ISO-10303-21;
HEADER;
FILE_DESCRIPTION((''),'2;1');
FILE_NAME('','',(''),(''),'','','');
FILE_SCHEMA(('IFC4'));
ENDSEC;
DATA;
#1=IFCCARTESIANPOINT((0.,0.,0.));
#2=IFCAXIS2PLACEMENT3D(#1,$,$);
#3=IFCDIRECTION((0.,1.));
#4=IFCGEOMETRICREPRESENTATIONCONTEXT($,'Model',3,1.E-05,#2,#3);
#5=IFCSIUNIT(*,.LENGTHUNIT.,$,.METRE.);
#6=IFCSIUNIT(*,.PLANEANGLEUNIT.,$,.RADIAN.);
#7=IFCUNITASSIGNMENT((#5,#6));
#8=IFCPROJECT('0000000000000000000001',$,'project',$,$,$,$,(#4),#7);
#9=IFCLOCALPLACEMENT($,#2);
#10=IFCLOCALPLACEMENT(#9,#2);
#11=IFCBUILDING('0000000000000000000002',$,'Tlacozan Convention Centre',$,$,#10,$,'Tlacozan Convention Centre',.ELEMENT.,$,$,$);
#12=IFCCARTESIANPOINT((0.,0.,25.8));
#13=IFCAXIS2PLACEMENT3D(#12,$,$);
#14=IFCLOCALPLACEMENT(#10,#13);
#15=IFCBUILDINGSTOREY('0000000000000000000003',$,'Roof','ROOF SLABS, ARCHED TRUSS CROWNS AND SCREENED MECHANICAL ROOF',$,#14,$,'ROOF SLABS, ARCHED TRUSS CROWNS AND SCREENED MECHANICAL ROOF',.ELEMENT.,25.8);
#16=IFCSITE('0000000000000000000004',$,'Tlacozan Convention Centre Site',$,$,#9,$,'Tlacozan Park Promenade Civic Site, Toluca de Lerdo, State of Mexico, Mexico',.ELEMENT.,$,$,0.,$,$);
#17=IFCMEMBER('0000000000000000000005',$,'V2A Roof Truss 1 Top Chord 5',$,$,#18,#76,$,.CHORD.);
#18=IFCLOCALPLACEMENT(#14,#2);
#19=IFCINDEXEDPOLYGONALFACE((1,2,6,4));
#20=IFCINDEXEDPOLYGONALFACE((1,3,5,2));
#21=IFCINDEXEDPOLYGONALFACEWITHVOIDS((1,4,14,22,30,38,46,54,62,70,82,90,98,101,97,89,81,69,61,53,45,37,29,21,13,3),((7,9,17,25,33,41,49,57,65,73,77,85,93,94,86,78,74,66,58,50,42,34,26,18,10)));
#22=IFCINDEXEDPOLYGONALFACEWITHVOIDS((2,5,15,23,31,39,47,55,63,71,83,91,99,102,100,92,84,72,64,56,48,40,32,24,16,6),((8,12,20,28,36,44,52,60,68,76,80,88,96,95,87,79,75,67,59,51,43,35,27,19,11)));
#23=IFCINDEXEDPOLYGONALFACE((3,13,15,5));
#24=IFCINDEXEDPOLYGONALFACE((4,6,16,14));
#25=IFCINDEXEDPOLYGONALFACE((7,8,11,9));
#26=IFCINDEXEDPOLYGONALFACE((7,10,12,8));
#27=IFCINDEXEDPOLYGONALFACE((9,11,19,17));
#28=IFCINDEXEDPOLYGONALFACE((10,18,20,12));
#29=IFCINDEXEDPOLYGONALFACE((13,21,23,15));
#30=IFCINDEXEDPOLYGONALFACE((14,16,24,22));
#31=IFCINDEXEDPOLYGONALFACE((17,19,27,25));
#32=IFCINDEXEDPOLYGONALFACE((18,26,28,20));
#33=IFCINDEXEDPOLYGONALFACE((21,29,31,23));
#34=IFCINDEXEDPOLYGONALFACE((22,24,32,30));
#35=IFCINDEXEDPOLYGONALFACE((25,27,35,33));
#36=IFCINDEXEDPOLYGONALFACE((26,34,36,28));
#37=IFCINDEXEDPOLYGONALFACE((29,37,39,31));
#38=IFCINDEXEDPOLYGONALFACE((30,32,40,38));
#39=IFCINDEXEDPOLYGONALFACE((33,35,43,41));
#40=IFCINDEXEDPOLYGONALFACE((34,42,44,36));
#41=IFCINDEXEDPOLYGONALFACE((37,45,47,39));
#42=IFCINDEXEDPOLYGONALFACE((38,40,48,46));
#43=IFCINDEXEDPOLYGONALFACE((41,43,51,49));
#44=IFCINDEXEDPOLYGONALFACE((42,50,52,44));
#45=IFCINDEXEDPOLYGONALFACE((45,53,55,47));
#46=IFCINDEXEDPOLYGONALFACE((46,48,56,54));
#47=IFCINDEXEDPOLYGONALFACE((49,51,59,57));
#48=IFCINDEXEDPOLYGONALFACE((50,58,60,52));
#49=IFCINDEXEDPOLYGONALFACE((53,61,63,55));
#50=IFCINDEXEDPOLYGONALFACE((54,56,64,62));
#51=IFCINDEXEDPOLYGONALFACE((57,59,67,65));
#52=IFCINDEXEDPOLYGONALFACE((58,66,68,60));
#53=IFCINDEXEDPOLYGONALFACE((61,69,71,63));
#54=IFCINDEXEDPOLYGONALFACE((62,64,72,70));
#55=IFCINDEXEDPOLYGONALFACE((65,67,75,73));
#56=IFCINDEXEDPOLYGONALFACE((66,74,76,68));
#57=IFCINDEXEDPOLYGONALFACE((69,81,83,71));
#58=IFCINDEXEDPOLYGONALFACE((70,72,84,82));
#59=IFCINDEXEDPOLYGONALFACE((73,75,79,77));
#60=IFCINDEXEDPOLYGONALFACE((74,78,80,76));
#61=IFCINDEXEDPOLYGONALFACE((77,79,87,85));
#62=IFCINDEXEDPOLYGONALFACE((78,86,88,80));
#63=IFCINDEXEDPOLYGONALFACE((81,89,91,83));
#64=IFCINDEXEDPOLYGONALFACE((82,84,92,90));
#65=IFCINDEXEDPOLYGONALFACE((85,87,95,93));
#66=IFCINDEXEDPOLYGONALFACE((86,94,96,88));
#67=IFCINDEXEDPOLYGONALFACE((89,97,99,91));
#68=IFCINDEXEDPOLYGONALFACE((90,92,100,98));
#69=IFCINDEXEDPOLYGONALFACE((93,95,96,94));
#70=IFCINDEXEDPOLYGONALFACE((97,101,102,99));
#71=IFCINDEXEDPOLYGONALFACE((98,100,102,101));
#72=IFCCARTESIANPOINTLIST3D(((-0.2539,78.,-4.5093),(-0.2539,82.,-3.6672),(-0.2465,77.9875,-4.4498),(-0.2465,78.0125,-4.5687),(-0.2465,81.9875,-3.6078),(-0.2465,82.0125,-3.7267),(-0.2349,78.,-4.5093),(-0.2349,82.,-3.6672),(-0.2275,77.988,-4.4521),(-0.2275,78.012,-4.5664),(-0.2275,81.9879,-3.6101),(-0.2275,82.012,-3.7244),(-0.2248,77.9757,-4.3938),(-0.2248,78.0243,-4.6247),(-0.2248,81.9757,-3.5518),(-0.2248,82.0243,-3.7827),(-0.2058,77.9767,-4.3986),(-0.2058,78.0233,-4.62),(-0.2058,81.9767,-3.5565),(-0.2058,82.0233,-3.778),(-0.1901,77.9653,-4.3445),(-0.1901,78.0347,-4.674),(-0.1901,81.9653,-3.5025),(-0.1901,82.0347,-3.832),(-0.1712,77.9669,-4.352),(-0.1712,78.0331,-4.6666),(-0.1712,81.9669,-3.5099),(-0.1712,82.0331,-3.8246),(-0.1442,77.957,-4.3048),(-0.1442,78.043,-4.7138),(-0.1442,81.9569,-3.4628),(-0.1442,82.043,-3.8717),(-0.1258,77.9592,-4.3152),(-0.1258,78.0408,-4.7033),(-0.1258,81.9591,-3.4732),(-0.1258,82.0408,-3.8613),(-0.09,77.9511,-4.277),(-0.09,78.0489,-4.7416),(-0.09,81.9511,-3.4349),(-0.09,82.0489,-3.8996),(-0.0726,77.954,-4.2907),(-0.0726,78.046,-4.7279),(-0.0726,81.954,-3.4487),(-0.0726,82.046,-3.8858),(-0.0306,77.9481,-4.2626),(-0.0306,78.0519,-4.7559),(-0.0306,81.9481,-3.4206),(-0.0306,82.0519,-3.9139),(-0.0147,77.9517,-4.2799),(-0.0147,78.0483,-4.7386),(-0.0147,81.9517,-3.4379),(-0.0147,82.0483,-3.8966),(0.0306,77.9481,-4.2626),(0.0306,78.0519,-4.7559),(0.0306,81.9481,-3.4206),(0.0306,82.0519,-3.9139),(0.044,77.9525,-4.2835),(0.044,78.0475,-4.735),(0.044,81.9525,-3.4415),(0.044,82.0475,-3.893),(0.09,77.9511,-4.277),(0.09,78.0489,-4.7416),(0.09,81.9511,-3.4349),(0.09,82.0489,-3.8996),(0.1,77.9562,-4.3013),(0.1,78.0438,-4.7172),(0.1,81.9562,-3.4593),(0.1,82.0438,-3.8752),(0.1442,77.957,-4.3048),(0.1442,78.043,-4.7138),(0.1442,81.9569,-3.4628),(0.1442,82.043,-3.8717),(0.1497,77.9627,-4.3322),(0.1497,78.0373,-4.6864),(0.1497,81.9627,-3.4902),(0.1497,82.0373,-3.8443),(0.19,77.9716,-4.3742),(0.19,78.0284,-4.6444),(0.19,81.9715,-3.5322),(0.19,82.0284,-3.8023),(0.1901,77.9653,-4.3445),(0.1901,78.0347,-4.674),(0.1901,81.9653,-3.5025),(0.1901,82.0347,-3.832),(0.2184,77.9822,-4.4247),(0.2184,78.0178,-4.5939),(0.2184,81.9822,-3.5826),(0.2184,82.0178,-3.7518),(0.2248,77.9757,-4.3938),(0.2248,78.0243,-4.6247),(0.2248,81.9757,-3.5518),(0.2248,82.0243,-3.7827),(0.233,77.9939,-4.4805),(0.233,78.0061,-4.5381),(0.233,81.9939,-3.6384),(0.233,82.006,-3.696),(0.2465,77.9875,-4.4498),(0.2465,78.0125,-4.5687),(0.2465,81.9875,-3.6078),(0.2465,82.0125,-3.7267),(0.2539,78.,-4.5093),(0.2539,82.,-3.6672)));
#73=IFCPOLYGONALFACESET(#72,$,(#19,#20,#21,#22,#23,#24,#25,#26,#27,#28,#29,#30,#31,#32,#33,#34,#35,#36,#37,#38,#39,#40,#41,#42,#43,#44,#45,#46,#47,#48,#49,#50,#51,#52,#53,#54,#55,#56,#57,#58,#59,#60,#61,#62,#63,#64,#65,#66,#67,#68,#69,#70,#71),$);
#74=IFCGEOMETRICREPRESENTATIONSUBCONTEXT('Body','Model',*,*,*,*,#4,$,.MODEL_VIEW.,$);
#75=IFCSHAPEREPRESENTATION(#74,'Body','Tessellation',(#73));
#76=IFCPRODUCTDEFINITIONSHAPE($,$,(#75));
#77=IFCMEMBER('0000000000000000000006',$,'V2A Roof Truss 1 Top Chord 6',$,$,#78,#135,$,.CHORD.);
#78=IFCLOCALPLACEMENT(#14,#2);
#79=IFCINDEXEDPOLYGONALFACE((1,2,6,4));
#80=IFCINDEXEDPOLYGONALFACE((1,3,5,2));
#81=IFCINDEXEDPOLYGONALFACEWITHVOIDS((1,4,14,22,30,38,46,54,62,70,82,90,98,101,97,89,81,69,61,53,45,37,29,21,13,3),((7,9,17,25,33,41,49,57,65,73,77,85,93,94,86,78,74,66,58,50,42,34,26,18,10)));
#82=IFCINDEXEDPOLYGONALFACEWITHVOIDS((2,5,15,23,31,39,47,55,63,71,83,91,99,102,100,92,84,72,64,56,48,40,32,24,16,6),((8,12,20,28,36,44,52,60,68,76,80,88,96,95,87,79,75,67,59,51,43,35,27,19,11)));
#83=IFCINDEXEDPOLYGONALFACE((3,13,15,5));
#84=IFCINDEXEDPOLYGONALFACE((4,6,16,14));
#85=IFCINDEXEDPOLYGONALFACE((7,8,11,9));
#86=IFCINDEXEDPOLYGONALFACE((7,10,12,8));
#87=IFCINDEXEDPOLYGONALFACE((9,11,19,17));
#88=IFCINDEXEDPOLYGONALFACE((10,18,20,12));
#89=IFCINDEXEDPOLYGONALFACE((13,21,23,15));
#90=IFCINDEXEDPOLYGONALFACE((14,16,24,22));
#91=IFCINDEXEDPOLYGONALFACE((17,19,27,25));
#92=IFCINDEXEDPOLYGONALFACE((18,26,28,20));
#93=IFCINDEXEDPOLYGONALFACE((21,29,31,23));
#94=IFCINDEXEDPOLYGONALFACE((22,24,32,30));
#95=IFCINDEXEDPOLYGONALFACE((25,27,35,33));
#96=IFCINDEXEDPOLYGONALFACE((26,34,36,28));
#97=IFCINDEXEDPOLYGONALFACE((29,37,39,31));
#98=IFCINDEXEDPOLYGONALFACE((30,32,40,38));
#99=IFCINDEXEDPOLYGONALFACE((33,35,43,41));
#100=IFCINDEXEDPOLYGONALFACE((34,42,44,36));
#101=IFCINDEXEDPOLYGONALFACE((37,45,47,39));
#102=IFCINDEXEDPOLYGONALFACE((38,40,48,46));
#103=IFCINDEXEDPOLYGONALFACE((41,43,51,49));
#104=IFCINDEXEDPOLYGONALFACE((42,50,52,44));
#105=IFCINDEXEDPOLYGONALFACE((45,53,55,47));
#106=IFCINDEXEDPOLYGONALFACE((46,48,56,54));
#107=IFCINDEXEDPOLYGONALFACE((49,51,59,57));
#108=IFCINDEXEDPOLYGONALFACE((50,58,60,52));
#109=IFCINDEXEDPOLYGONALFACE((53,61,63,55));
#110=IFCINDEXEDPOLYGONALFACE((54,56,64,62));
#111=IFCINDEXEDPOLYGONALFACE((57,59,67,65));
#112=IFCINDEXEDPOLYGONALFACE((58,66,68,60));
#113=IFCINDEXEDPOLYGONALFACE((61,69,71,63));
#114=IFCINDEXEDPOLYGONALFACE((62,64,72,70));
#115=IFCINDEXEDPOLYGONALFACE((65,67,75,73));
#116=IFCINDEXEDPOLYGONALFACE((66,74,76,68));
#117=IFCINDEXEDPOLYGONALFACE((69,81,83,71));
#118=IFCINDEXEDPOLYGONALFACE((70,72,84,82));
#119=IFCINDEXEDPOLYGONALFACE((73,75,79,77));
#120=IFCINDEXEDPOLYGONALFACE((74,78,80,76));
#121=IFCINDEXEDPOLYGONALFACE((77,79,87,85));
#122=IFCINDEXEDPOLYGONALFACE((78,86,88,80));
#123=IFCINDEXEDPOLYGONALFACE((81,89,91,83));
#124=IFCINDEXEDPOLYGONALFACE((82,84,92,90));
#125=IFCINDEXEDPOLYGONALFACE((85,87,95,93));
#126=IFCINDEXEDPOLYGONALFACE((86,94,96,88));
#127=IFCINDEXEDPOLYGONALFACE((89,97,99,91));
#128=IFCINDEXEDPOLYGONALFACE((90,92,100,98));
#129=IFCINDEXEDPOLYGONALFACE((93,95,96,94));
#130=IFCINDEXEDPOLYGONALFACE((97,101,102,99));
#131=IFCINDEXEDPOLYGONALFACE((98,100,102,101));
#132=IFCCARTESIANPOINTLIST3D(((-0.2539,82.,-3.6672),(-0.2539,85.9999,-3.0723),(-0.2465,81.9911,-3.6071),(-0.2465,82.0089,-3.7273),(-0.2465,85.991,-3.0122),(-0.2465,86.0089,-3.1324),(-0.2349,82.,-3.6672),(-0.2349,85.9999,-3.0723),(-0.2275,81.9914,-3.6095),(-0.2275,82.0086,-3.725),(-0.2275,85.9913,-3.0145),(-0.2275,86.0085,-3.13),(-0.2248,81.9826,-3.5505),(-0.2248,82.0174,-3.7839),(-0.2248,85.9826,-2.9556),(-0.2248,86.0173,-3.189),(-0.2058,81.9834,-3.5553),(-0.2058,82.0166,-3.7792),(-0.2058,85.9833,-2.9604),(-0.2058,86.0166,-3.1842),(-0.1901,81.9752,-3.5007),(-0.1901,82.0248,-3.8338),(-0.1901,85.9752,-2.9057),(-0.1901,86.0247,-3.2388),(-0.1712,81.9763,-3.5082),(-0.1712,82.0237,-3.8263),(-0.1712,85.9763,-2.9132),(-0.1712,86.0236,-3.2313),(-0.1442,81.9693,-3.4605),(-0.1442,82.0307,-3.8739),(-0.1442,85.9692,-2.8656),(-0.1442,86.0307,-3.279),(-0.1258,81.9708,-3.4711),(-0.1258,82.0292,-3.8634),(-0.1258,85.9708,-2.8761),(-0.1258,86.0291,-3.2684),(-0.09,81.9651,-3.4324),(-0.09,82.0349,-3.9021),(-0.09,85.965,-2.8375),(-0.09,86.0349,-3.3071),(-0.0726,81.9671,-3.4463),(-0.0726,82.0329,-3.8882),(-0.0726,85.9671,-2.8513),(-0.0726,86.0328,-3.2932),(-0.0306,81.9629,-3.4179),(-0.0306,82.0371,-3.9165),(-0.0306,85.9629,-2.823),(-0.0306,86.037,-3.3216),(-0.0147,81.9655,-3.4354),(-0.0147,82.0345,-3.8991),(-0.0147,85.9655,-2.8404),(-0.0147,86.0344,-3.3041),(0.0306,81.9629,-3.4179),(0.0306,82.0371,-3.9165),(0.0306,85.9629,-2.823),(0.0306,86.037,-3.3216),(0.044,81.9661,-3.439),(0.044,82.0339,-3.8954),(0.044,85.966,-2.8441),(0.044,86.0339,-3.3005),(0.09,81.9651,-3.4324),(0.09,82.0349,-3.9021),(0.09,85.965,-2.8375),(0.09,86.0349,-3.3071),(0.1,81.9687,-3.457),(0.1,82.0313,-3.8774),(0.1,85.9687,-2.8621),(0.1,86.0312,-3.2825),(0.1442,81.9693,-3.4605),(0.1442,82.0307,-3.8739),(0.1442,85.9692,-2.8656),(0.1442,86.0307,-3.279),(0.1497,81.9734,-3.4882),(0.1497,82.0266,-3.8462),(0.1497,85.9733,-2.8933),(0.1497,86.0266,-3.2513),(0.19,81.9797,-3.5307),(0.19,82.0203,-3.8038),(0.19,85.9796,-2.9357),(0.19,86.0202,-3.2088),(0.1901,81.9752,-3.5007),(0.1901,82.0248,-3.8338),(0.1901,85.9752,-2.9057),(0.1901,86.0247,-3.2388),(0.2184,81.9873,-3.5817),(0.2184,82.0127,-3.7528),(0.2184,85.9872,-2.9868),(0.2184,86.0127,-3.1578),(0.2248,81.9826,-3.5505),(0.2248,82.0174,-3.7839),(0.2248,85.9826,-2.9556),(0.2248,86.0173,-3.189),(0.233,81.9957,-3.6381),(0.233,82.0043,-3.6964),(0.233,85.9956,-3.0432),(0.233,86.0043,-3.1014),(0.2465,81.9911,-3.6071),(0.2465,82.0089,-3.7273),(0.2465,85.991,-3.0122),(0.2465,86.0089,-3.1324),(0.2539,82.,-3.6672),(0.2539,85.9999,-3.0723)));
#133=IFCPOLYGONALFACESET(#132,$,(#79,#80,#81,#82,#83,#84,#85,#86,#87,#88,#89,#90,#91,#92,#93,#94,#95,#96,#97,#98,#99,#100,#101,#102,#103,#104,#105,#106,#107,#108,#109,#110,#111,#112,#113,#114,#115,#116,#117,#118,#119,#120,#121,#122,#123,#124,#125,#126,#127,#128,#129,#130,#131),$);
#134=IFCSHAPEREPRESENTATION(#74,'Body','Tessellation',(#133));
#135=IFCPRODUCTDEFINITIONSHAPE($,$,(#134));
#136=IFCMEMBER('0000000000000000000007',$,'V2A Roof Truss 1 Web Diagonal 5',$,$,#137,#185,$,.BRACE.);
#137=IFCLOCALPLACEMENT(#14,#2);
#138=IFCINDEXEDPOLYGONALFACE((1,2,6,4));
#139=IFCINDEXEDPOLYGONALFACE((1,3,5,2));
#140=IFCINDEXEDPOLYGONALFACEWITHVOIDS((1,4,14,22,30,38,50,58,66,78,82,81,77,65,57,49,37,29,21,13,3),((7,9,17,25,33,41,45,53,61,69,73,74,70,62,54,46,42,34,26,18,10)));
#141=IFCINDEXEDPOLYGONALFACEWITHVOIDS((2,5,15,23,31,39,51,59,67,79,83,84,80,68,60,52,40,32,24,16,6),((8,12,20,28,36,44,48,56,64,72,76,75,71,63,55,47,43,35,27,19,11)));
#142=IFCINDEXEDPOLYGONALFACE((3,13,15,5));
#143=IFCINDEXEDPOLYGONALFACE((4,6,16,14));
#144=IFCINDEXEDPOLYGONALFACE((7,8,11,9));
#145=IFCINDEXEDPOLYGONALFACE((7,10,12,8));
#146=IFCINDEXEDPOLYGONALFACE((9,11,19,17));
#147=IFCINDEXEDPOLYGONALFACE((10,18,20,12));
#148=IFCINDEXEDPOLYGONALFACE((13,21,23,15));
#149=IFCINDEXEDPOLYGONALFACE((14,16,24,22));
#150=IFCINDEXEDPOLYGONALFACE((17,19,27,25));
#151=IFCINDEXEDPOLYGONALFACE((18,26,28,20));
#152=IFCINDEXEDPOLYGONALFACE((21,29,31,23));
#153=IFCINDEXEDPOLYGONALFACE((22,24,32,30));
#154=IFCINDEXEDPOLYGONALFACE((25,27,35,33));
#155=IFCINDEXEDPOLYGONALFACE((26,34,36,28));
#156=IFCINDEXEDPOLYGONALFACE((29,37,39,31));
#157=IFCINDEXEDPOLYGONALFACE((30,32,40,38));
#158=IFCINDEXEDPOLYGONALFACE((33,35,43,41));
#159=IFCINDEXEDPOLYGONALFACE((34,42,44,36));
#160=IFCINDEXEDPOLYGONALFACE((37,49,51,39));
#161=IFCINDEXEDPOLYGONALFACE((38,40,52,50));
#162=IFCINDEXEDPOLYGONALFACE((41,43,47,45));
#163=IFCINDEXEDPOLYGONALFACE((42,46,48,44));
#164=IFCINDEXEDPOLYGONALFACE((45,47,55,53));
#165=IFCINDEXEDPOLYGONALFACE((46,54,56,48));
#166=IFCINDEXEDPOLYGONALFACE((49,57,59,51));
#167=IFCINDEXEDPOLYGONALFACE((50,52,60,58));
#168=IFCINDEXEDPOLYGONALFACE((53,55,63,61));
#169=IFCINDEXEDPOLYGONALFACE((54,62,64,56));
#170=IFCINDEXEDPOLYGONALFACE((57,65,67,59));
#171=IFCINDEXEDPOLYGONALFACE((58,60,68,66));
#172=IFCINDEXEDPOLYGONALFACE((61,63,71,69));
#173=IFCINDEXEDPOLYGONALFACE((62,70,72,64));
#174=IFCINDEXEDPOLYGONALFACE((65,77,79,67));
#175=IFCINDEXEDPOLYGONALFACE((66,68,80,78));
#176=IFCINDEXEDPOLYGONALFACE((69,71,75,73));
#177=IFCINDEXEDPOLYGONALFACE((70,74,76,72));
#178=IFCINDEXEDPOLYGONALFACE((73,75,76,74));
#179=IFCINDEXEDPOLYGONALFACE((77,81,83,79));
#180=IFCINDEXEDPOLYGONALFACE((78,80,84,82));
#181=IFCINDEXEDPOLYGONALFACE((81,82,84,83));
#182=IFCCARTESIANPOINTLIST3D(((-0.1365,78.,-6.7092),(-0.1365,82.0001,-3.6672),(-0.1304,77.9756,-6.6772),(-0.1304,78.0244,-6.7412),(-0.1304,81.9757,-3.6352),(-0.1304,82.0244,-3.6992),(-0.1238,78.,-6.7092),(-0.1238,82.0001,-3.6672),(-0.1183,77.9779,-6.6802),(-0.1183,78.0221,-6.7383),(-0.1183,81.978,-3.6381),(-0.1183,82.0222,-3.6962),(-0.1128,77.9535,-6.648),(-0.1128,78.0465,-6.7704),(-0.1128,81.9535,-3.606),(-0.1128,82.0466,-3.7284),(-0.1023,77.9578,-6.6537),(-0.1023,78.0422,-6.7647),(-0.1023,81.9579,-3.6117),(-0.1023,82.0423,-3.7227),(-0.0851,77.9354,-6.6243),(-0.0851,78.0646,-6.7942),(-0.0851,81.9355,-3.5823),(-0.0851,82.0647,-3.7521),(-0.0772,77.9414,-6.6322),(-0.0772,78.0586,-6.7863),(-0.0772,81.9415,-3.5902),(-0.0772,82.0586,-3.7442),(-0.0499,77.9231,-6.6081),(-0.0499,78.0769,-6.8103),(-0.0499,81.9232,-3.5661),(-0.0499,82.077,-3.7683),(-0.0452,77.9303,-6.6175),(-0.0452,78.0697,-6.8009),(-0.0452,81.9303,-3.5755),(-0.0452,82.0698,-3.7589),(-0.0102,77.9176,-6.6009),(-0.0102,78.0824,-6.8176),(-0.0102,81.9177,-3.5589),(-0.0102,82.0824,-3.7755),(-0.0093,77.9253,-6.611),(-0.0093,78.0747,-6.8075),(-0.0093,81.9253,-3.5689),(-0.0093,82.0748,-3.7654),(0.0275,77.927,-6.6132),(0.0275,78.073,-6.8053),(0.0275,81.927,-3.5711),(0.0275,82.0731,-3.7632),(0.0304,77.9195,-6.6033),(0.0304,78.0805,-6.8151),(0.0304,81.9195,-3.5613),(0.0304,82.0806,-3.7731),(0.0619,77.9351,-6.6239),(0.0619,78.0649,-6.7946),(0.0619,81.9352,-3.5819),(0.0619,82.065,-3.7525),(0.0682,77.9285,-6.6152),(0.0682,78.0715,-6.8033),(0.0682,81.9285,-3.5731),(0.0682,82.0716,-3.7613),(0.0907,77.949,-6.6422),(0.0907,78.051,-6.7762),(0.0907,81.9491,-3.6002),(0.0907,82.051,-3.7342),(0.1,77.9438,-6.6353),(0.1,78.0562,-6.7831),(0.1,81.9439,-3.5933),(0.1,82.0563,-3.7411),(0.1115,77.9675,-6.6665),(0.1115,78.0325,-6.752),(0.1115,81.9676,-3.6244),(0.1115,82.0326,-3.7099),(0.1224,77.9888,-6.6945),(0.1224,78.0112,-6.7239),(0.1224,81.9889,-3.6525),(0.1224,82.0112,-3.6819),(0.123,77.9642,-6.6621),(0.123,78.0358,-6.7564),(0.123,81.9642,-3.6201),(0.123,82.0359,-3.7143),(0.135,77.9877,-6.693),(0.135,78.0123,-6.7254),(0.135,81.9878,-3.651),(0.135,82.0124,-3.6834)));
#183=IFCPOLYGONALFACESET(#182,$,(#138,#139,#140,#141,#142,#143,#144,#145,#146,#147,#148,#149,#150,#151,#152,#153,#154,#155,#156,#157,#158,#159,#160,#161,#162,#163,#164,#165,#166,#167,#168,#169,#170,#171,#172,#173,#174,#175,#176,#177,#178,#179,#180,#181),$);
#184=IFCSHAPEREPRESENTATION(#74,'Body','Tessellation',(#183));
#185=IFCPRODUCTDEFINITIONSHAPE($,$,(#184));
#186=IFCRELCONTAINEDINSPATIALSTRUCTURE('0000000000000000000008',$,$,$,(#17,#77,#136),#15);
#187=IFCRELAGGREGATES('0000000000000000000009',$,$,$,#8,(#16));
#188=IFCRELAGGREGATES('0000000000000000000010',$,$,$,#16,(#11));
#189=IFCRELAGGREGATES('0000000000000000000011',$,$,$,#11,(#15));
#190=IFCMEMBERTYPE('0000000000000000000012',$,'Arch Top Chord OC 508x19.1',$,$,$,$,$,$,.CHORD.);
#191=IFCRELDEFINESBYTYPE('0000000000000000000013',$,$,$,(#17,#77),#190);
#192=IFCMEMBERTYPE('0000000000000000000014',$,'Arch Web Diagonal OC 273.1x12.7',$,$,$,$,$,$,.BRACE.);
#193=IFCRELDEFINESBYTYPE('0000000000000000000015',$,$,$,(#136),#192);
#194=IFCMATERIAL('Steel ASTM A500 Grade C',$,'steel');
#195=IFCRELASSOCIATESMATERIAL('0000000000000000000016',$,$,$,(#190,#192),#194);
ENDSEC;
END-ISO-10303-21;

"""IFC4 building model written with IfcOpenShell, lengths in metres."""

from ifc_helpers import new_model, si_unit, direction, frame, origin, origin_2d, place, context, subcontext, project, spatial, hollow_circle, extrude, material, material_profile, profile_set, type_object, element, save


model = new_model("IFC4")

# Units and contexts
model_context = context("Model", 3, precision=1e-05, world=origin(), true_north=direction((0.0, 1.0)))
body_context = subcontext(model_context, "Body", "Model", "MODEL_VIEW")
ifc_project = project(units=[si_unit("LENGTHUNIT", "METRE"), si_unit("PLANEANGLEUNIT", "RADIAN")], contexts=[model_context])

# Site, building, storey
site_placement = place(None, origin())
site = spatial("IfcSite", under=ifc_project, at=site_placement, Name="Tlacozan Convention Centre Site", LongName="Tlacozan Park Promenade Civic Site, Toluca de Lerdo, State of Mexico, Mexico", CompositionType="ELEMENT", RefElevation=0.0)
building_placement = place(site_placement, origin())
building = spatial("IfcBuilding", under=site, at=building_placement, Name="Tlacozan Convention Centre", LongName="Tlacozan Convention Centre", CompositionType="ELEMENT")
storey_placement = place(building_placement, frame((0.0, 0.0, 25.8)))
storey = spatial("IfcBuildingStorey", under=building, at=storey_placement, Name="Roof", Description="ROOF SLABS, ARCHED TRUSS CROWNS AND SCREENED MECHANICAL ROOF", LongName="ROOF SLABS, ARCHED TRUSS CROWNS AND SCREENED MECHANICAL ROOF", CompositionType="ELEMENT", Elevation=25.8)

# Members
ifc_material_1 = material(Name="Steel ASTM A500 Grade C", Category="steel")
ifc_material_profile_1 = material_profile(ifc_material_1, hollow_circle(Radius=0.2539, WallThickness=0.019, at=origin_2d()), Name="OC 508.0x19.1")
ifc_profile_set_1 = profile_set([ifc_material_profile_1], Name="Steel ASTM A500 Grade C")
member_type_1 = type_object("IfcMemberType", Name="Arch Top Chord OC 508x19.1", PredefinedType="CHORD", material=ifc_profile_set_1)
member_1_placement = place(storey_placement, frame((0.0, 78.0, -4.5093), z_axis=(0.0, 0.978553, 0.205995), x_axis=(-1.0, 0.0, 0.0)))
element("IfcMember", 1, at=member_1_placement, inside=storey, type_object=member_type_1, Name="V2A Roof Truss 1 Top Chord 5", PredefinedType="CHORD", context=body_context, shape_type="SweptSolid", body=[
    extrude(hollow_circle(Radius=0.2539, WallThickness=0.019, at=origin_2d()), origin(), (0.0, 0.0, 1.0), 4.0876),
])
member_2_placement = place(storey_placement, frame((0.0, 82.0, -3.6672), z_axis=(0.0, 0.989118, 0.147124), x_axis=(-1.0, 0.0, 0.0)))
element("IfcMember", 2, at=member_2_placement, inside=storey, type_object=member_type_1, Name="V2A Roof Truss 1 Top Chord 6", PredefinedType="CHORD", context=body_context, shape_type="SweptSolid", body=[
    extrude(hollow_circle(Radius=0.2539, WallThickness=0.019, at=origin_2d()), origin(), (0.0, 0.0, 1.0), 4.0439),
])
ifc_material_profile_2 = material_profile(ifc_material_1, hollow_circle(Radius=0.1365, WallThickness=0.0127, at=origin_2d()), Name="OC 273.1x12.7")
ifc_profile_set_2 = profile_set([ifc_material_profile_2], Name="Steel ASTM A500 Grade C")
member_type_2 = type_object("IfcMemberType", Name="Arch Web Diagonal OC 273.1x12.7", PredefinedType="BRACE", material=ifc_profile_set_2)
member_3_placement = place(storey_placement, frame((0.0, 78.0, -6.7092), z_axis=(0.0, 0.795971, 0.605335), x_axis=(-1.0, 0.0, 0.0)))
element("IfcMember", 3, at=member_3_placement, inside=storey, type_object=member_type_2, Name="V2A Roof Truss 1 Web Diagonal 5", PredefinedType="BRACE", context=body_context, shape_type="SweptSolid", body=[
    extrude(hollow_circle(Radius=0.1365, WallThickness=0.0127, at=origin_2d()), origin(), (0.0, 0.0, 1.0), 5.0254),
])

save(model, "model.ifc")
